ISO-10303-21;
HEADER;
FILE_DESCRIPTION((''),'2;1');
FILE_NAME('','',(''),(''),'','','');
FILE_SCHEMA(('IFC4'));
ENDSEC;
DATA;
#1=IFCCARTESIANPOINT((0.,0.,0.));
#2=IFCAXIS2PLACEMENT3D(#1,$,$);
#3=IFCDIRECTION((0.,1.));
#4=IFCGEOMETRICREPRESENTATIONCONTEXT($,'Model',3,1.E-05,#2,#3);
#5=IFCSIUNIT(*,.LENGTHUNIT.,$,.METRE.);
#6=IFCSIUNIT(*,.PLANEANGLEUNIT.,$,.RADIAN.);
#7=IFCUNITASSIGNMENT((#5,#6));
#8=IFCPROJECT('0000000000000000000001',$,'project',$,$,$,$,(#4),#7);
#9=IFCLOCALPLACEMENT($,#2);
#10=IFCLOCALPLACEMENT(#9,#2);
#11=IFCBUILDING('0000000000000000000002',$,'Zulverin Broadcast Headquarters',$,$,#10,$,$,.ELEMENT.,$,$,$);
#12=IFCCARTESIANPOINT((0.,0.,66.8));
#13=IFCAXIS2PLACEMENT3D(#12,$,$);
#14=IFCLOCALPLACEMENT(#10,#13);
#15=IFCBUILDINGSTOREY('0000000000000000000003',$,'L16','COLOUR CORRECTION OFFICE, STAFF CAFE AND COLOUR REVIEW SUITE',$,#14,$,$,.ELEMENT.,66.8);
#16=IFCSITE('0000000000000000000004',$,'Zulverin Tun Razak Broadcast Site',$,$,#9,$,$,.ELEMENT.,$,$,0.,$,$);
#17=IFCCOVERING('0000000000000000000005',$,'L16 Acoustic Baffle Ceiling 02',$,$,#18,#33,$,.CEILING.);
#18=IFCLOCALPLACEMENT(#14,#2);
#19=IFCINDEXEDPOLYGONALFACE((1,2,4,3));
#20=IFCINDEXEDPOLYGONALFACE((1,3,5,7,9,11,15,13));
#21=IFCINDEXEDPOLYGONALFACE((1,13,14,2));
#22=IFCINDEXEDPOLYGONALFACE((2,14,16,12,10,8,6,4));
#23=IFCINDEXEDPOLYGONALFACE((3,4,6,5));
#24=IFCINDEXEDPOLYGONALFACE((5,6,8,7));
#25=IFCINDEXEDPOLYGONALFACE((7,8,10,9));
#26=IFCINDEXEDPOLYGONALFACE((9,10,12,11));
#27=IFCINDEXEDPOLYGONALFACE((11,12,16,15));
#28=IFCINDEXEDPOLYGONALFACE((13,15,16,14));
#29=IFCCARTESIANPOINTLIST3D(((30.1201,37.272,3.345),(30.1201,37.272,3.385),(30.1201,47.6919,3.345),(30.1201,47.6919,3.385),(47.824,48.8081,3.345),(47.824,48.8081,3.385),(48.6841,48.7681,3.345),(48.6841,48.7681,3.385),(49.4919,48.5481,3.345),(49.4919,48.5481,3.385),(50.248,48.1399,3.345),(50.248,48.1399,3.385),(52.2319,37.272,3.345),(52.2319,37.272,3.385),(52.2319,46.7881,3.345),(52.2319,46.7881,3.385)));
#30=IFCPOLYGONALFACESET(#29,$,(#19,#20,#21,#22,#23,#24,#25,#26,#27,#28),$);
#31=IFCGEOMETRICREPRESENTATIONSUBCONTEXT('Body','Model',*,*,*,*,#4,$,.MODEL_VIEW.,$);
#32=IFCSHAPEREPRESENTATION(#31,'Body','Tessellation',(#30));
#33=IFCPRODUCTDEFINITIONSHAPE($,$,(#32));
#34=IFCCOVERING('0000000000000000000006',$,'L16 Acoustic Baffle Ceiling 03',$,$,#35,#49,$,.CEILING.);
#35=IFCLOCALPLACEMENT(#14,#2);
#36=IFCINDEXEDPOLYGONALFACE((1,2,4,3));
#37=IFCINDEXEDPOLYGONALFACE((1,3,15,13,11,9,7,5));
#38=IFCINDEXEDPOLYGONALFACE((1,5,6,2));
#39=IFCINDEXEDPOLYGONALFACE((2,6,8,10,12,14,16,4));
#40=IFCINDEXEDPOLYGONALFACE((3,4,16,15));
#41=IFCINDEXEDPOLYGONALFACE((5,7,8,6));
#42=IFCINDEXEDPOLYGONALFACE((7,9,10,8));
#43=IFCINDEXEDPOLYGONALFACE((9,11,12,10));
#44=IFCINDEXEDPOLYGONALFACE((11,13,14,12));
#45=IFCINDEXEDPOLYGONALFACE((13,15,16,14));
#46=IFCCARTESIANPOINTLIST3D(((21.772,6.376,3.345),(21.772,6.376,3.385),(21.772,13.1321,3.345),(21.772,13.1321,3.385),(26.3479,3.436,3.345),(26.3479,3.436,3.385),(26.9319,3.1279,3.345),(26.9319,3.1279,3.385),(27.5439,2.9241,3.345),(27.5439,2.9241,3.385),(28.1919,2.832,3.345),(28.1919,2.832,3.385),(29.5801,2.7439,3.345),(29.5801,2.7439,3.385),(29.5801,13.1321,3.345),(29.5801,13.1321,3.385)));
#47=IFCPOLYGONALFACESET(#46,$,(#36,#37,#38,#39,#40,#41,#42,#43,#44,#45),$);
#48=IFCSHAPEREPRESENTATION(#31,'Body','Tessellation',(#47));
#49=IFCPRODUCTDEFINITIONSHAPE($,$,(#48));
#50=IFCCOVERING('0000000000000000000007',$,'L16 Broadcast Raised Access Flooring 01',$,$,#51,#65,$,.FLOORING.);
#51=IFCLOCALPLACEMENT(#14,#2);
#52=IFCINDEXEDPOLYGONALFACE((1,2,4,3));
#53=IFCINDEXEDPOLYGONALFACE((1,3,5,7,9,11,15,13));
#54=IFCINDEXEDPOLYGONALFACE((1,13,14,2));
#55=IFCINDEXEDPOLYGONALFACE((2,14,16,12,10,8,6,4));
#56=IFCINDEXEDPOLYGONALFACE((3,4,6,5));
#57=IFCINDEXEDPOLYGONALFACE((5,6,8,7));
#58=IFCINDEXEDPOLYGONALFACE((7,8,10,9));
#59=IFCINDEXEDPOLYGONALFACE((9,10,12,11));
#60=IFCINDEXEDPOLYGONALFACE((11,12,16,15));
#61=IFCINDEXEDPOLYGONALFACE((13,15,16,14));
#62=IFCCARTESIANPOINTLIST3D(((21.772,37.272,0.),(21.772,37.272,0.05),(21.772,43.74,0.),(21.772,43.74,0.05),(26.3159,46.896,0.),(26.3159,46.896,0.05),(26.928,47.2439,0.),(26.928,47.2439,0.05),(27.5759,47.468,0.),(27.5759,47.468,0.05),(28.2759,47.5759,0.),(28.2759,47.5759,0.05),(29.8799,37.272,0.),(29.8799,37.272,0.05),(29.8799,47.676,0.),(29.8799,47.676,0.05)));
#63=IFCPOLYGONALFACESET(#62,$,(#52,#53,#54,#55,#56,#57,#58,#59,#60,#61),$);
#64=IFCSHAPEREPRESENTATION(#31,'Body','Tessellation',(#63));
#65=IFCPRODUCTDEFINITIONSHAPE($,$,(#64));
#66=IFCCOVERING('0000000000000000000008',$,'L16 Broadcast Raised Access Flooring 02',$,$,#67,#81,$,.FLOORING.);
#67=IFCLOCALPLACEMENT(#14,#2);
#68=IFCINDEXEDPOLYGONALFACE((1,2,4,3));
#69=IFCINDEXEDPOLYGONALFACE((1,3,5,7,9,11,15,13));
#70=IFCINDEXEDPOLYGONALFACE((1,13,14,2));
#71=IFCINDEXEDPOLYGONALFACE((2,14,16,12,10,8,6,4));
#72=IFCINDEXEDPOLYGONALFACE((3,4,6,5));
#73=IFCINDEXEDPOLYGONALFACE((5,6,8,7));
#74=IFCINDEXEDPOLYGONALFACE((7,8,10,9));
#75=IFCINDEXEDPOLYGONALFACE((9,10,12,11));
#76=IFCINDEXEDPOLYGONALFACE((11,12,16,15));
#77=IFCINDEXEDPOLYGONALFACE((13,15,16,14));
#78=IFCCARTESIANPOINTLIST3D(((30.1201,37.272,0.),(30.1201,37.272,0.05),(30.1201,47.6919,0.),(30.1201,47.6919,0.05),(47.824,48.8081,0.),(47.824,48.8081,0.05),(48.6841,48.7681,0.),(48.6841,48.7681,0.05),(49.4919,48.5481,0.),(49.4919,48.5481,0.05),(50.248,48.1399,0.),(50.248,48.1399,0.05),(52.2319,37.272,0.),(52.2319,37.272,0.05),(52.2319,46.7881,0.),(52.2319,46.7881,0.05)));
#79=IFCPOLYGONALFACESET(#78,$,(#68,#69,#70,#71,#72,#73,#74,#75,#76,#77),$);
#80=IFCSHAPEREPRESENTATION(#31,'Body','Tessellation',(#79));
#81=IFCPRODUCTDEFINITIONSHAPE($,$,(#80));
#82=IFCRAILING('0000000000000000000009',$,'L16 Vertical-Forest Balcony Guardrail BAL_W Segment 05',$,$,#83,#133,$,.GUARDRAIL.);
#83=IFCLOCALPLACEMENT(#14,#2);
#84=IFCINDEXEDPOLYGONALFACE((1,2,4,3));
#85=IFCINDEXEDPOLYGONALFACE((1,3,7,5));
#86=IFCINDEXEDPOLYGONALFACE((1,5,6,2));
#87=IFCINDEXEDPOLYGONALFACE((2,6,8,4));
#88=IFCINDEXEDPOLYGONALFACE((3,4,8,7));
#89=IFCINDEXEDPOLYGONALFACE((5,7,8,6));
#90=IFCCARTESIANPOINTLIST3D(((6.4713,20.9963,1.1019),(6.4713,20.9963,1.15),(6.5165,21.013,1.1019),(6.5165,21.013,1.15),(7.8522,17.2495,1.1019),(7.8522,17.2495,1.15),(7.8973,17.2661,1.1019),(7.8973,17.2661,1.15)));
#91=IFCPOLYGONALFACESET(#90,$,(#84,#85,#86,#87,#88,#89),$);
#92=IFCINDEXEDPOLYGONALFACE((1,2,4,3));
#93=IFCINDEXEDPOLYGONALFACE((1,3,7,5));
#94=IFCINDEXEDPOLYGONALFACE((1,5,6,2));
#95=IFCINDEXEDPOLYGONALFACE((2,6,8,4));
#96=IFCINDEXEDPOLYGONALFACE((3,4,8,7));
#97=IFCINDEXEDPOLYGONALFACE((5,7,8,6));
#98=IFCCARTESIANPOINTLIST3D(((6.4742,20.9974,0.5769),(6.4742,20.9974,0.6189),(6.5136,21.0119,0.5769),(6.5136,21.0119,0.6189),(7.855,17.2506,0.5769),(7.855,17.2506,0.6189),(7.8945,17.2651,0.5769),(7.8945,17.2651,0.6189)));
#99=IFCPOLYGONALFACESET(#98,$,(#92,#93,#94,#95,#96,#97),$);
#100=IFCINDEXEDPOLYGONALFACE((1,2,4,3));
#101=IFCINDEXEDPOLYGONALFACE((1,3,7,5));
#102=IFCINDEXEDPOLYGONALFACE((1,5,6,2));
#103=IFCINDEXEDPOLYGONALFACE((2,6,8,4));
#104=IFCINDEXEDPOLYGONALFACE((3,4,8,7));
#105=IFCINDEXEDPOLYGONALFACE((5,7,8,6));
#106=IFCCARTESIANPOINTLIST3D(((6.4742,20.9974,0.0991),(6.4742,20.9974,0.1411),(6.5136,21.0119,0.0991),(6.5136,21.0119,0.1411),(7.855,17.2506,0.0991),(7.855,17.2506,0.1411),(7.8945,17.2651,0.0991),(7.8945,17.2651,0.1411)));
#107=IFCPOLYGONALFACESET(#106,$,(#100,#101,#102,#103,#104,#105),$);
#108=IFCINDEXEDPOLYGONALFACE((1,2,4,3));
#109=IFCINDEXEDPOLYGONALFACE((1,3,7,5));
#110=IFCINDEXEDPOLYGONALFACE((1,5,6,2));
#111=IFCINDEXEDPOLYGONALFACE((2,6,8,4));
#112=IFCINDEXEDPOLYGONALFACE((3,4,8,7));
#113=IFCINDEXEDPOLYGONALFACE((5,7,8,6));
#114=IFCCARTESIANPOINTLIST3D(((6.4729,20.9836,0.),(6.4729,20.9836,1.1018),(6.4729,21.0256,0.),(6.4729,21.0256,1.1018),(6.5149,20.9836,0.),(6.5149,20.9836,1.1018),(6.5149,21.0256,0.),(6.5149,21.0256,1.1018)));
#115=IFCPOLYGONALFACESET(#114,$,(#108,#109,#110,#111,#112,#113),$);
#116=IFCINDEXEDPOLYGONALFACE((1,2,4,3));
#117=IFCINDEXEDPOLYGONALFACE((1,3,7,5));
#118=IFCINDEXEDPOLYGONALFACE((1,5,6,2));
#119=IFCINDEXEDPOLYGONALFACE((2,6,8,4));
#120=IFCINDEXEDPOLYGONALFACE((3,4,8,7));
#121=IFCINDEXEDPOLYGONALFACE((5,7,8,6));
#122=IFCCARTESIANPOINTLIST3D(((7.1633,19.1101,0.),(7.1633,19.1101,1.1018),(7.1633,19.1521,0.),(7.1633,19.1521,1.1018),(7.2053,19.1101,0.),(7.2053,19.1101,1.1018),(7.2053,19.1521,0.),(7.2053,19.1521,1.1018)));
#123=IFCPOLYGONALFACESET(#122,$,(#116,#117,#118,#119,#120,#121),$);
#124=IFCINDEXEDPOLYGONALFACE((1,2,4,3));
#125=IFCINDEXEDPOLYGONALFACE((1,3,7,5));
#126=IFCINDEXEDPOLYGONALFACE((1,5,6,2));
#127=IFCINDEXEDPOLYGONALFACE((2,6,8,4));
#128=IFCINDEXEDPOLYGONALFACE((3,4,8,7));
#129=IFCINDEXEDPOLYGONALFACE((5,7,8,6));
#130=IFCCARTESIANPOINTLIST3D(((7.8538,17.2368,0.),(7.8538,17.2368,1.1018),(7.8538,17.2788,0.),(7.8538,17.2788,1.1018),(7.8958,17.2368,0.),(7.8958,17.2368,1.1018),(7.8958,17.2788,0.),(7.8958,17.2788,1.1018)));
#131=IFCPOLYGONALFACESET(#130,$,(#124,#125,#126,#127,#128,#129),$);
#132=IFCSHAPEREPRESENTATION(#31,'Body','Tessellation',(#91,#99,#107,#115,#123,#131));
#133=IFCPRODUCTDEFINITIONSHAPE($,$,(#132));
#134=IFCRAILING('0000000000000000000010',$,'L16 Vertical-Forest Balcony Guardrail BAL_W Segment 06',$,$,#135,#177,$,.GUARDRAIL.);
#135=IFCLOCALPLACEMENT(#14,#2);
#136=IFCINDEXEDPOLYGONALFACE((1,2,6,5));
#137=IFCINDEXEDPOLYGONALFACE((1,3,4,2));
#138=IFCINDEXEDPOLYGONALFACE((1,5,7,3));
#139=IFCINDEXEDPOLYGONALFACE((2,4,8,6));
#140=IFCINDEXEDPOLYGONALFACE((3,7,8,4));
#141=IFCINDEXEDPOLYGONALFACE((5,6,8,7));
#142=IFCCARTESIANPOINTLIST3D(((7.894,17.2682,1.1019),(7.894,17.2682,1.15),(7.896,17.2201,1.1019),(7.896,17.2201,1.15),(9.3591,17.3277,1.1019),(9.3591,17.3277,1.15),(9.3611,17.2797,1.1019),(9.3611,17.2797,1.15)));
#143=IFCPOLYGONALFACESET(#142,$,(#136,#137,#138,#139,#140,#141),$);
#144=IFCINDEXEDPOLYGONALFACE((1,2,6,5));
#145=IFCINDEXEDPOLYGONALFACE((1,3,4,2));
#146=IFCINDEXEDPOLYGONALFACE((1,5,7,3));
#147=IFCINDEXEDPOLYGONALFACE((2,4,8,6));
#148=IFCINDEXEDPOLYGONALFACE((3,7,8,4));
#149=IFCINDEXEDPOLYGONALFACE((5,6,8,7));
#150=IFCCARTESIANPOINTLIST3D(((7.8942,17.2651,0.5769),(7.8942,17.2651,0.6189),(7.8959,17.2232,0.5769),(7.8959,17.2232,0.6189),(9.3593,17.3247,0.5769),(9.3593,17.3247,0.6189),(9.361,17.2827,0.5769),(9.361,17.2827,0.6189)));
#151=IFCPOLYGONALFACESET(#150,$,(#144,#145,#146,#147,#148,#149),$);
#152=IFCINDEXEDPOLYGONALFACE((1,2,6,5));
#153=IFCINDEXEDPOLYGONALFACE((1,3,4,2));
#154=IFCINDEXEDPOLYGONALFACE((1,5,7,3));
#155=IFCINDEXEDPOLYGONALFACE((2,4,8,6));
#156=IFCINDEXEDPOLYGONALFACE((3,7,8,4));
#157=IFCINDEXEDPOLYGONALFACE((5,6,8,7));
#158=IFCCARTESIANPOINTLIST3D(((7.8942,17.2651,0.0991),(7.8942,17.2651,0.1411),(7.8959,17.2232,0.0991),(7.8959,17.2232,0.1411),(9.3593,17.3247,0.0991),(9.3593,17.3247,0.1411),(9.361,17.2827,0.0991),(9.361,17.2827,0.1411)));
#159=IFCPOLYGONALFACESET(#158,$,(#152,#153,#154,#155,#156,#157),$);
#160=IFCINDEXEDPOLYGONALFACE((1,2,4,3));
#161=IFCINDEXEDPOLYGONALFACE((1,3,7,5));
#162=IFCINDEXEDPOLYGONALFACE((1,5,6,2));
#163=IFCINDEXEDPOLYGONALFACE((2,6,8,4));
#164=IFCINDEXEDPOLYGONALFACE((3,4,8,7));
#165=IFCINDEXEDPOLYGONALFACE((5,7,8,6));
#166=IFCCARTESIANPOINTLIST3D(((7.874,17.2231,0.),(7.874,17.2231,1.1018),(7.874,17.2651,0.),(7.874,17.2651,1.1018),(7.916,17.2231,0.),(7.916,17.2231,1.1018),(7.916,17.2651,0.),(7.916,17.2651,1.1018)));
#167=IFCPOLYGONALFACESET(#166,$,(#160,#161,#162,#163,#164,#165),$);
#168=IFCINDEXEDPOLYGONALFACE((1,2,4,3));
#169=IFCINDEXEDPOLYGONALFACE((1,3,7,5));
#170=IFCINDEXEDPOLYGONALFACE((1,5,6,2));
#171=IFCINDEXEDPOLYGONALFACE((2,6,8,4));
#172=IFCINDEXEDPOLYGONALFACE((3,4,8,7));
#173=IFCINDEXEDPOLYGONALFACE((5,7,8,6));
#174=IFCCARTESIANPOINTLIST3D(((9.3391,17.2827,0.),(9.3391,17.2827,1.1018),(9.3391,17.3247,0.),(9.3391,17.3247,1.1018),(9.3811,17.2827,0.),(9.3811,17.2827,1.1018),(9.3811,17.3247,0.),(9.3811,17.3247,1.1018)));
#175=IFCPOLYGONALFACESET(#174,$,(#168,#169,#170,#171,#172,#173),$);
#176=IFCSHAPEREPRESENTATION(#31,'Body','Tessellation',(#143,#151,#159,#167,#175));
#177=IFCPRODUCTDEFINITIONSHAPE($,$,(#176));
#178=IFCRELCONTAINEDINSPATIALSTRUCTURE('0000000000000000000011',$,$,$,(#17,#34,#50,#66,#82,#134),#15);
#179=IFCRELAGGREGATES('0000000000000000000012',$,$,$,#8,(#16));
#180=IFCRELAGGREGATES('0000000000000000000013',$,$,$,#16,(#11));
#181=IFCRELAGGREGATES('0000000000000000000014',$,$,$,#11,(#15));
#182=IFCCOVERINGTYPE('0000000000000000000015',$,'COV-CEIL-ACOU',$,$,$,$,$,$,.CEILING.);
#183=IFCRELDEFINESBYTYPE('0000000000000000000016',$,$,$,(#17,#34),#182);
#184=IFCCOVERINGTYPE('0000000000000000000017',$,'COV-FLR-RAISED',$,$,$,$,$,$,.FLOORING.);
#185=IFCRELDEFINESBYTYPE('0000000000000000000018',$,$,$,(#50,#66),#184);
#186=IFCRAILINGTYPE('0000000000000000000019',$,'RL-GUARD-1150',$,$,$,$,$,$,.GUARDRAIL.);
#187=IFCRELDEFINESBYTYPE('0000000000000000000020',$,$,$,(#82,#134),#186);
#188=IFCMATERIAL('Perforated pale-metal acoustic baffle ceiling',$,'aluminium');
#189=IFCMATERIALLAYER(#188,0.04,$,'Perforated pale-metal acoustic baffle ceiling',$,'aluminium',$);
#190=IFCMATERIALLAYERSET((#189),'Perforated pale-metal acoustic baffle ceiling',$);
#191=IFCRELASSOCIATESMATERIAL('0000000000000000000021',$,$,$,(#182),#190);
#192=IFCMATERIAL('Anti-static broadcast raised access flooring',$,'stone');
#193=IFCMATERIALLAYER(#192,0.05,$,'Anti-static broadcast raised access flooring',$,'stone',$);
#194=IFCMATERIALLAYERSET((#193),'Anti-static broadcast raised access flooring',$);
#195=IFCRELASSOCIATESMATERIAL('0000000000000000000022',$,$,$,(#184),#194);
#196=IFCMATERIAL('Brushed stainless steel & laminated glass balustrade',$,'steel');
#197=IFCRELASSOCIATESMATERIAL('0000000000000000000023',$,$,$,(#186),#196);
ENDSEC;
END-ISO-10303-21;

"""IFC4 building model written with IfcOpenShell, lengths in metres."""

from ifc_helpers import new_model, si_unit, direction, frame, origin, origin_2d, place, context, subcontext, project, spatial, polyline, rectangle, outline, extrude, material, layer, layer_set, type_object, element, save


model = new_model("IFC4")

# Units and contexts
model_context = context("Model", 3, precision=1e-05, world=origin(), true_north=direction((0.0, 1.0)))
body_context = subcontext(model_context, "Body", "Model", "MODEL_VIEW")
ifc_project = project(units=[si_unit("LENGTHUNIT", "METRE"), si_unit("PLANEANGLEUNIT", "RADIAN")], contexts=[model_context])

# Site, building, storey
site_placement = place(None, origin())
site = spatial("IfcSite", under=ifc_project, at=site_placement, Name="Zulverin Tun Razak Broadcast Site", CompositionType="ELEMENT", RefElevation=0.0)
building_placement = place(site_placement, origin())
building = spatial("IfcBuilding", under=site, at=building_placement, Name="Zulverin Broadcast Headquarters", CompositionType="ELEMENT")
storey_placement = place(building_placement, frame((0.0, 0.0, 66.8)))
storey = spatial("IfcBuildingStorey", under=building, at=storey_placement, Name="L16", Description="COLOUR CORRECTION OFFICE, STAFF CAFE AND COLOUR REVIEW SUITE", CompositionType="ELEMENT", Elevation=66.8)

# Coverings
ifc_material_1 = material(Name="Perforated pale-metal acoustic baffle ceiling", Category="aluminium")
ifc_layer_1 = layer(ifc_material_1, 0.04, Name="Perforated pale-metal acoustic baffle ceiling", Category="aluminium")
ifc_layer_set_1 = layer_set([ifc_layer_1], Name="Perforated pale-metal acoustic baffle ceiling")
covering_type_1 = type_object("IfcCoveringType", Name="COV-CEIL-ACOU", PredefinedType="CEILING", material=ifc_layer_set_1)
covering_1_placement = place(storey_placement, frame((0.0, 0.0, 3.345)))
element("IfcCovering", 1, at=covering_1_placement, inside=storey, type_object=covering_type_1, Name="L16 Acoustic Baffle Ceiling 02", PredefinedType="CEILING", context=body_context, shape_type="SweptSolid", body=[
    extrude(outline(polyline([(52.2319, 37.272), (52.2319, 46.7881), (50.248, 48.1399), (49.4919, 48.5481), (48.6841, 48.7681), (47.824, 48.8081), (30.1201, 47.6919), (30.1201, 37.272), (52.2319, 37.272)])), origin(), (0.0, 0.0, 1.0), 0.04),
])
covering_2_placement = place(storey_placement, frame((0.0, 0.0, 3.345)))
element("IfcCovering", 2, at=covering_2_placement, inside=storey, type_object=covering_type_1, Name="L16 Acoustic Baffle Ceiling 03", PredefinedType="CEILING", context=body_context, shape_type="SweptSolid", body=[
    extrude(outline(polyline([(21.772, 13.1321), (21.772, 6.376), (26.3479, 3.436), (26.9319, 3.1279), (27.5439, 2.9241), (28.1919, 2.832), (29.5801, 2.7439), (29.5801, 13.1321), (21.772, 13.1321)])), origin(), (0.0, 0.0, 1.0), 0.04),
])
ifc_material_2 = material(Name="Anti-static broadcast raised access flooring", Category="stone")
ifc_layer_2 = layer(ifc_material_2, 0.05, Name="Anti-static broadcast raised access flooring", Category="stone")
ifc_layer_set_2 = layer_set([ifc_layer_2], Name="Anti-static broadcast raised access flooring")
covering_type_2 = type_object("IfcCoveringType", Name="COV-FLR-RAISED", PredefinedType="FLOORING", material=ifc_layer_set_2)
covering_3_placement = place(storey_placement, origin())
element("IfcCovering", 3, at=covering_3_placement, inside=storey, type_object=covering_type_2, Name="L16 Broadcast Raised Access Flooring 01", PredefinedType="FLOORING", context=body_context, shape_type="SweptSolid", body=[
    extrude(outline(polyline([(29.8799, 37.272), (29.8799, 47.676), (28.2759, 47.5759), (27.5759, 47.468), (26.928, 47.2439), (26.3159, 46.896), (21.772, 43.74), (21.772, 37.272), (29.8799, 37.272)])), origin(), (0.0, 0.0, 1.0), 0.05),
])
covering_4_placement = place(storey_placement, origin())
element("IfcCovering", 4, at=covering_4_placement, inside=storey, type_object=covering_type_2, Name="L16 Broadcast Raised Access Flooring 02", PredefinedType="FLOORING", context=body_context, shape_type="SweptSolid", body=[
    extrude(outline(polyline([(52.2319, 37.272), (52.2319, 46.7881), (50.248, 48.1399), (49.4919, 48.5481), (48.6841, 48.7681), (47.824, 48.8081), (30.1201, 47.6919), (30.1201, 37.272), (52.2319, 37.272)])), origin(), (0.0, 0.0, 1.0), 0.05),
])

# Railings
ifc_material_3 = material(Name="Brushed stainless steel & laminated glass balustrade", Category="steel")
railing_type = type_object("IfcRailingType", Name="RL-GUARD-1150", PredefinedType="GUARDRAIL", material=ifc_material_3)
railing_1_placement = place(storey_placement, frame((6.4939, 21.0046, 0.0)))
element("IfcRailing", 5, at=railing_1_placement, inside=storey, type_object=railing_type, Name="L16 Vertical-Forest Balcony Guardrail BAL_W Segment 05", PredefinedType="GUARDRAIL", context=body_context, shape_type="SweptSolid", body=[
    extrude(rectangle(XDim=0.0481, YDim=0.0481, at=origin_2d()), frame((0.0, 0.0, 1.126), z_axis=(0.345805, -0.938307, 0.0), x_axis=(0.938307, 0.345805, 0.0)), (0.0, 0.0, 1.0), 3.9932),
    extrude(rectangle(XDim=0.042, YDim=0.042, at=origin_2d()), frame((0.0, 0.0, 0.5979), z_axis=(0.345805, -0.938307, 0.0), x_axis=(0.938307, 0.345805, 0.0)), (0.0, 0.0, 1.0), 3.9932),
    extrude(rectangle(XDim=0.042, YDim=0.042, at=origin_2d()), frame((0.0, 0.0, 0.1201), z_axis=(0.345805, -0.938307, 0.0), x_axis=(0.938307, 0.345805, 0.0)), (0.0, 0.0, 1.0), 3.9932),
    extrude(rectangle(XDim=0.042, YDim=0.042, at=origin_2d()), origin(), (0.0, 0.0, 1.0), 1.1018),
    extrude(rectangle(XDim=0.042, YDim=0.042, at=origin_2d()), frame((0.6904, -1.8735, 0.0)), (0.0, 0.0, 1.0), 1.1018),
    extrude(rectangle(XDim=0.042, YDim=0.042, at=origin_2d()), frame((1.3809, -3.7468, 0.0)), (0.0, 0.0, 1.0), 1.1018),
])
railing_2_placement = place(storey_placement, frame((7.895, 17.2441, 0.0)))
element("IfcRailing", 6, at=railing_2_placement, inside=storey, type_object=railing_type, Name="L16 Vertical-Forest Balcony Guardrail BAL_W Segment 06", PredefinedType="GUARDRAIL", context=body_context, shape_type="SweptSolid", body=[
    extrude(rectangle(XDim=0.0481, YDim=0.0481, at=origin_2d()), frame((0.0, 0.0, 1.126), z_axis=(0.999174, 0.040626, 0.0), x_axis=(-0.040626, 0.999174, 0.0)), (0.0, 0.0, 1.0), 1.4663),
    extrude(rectangle(XDim=0.042, YDim=0.042, at=origin_2d()), frame((0.0, 0.0, 0.5979), z_axis=(0.999174, 0.040626, 0.0), x_axis=(-0.040626, 0.999174, 0.0)), (0.0, 0.0, 1.0), 1.4663),
    extrude(rectangle(XDim=0.042, YDim=0.042, at=origin_2d()), frame((0.0, 0.0, 0.1201), z_axis=(0.999174, 0.040626, 0.0), x_axis=(-0.040626, 0.999174, 0.0)), (0.0, 0.0, 1.0), 1.4663),
    extrude(rectangle(XDim=0.042, YDim=0.042, at=origin_2d()), origin(), (0.0, 0.0, 1.0), 1.1018),
    extrude(rectangle(XDim=0.042, YDim=0.042, at=origin_2d()), frame((1.4651, 0.0596, 0.0)), (0.0, 0.0, 1.0), 1.1018),
])

save(model, "model.ifc")
